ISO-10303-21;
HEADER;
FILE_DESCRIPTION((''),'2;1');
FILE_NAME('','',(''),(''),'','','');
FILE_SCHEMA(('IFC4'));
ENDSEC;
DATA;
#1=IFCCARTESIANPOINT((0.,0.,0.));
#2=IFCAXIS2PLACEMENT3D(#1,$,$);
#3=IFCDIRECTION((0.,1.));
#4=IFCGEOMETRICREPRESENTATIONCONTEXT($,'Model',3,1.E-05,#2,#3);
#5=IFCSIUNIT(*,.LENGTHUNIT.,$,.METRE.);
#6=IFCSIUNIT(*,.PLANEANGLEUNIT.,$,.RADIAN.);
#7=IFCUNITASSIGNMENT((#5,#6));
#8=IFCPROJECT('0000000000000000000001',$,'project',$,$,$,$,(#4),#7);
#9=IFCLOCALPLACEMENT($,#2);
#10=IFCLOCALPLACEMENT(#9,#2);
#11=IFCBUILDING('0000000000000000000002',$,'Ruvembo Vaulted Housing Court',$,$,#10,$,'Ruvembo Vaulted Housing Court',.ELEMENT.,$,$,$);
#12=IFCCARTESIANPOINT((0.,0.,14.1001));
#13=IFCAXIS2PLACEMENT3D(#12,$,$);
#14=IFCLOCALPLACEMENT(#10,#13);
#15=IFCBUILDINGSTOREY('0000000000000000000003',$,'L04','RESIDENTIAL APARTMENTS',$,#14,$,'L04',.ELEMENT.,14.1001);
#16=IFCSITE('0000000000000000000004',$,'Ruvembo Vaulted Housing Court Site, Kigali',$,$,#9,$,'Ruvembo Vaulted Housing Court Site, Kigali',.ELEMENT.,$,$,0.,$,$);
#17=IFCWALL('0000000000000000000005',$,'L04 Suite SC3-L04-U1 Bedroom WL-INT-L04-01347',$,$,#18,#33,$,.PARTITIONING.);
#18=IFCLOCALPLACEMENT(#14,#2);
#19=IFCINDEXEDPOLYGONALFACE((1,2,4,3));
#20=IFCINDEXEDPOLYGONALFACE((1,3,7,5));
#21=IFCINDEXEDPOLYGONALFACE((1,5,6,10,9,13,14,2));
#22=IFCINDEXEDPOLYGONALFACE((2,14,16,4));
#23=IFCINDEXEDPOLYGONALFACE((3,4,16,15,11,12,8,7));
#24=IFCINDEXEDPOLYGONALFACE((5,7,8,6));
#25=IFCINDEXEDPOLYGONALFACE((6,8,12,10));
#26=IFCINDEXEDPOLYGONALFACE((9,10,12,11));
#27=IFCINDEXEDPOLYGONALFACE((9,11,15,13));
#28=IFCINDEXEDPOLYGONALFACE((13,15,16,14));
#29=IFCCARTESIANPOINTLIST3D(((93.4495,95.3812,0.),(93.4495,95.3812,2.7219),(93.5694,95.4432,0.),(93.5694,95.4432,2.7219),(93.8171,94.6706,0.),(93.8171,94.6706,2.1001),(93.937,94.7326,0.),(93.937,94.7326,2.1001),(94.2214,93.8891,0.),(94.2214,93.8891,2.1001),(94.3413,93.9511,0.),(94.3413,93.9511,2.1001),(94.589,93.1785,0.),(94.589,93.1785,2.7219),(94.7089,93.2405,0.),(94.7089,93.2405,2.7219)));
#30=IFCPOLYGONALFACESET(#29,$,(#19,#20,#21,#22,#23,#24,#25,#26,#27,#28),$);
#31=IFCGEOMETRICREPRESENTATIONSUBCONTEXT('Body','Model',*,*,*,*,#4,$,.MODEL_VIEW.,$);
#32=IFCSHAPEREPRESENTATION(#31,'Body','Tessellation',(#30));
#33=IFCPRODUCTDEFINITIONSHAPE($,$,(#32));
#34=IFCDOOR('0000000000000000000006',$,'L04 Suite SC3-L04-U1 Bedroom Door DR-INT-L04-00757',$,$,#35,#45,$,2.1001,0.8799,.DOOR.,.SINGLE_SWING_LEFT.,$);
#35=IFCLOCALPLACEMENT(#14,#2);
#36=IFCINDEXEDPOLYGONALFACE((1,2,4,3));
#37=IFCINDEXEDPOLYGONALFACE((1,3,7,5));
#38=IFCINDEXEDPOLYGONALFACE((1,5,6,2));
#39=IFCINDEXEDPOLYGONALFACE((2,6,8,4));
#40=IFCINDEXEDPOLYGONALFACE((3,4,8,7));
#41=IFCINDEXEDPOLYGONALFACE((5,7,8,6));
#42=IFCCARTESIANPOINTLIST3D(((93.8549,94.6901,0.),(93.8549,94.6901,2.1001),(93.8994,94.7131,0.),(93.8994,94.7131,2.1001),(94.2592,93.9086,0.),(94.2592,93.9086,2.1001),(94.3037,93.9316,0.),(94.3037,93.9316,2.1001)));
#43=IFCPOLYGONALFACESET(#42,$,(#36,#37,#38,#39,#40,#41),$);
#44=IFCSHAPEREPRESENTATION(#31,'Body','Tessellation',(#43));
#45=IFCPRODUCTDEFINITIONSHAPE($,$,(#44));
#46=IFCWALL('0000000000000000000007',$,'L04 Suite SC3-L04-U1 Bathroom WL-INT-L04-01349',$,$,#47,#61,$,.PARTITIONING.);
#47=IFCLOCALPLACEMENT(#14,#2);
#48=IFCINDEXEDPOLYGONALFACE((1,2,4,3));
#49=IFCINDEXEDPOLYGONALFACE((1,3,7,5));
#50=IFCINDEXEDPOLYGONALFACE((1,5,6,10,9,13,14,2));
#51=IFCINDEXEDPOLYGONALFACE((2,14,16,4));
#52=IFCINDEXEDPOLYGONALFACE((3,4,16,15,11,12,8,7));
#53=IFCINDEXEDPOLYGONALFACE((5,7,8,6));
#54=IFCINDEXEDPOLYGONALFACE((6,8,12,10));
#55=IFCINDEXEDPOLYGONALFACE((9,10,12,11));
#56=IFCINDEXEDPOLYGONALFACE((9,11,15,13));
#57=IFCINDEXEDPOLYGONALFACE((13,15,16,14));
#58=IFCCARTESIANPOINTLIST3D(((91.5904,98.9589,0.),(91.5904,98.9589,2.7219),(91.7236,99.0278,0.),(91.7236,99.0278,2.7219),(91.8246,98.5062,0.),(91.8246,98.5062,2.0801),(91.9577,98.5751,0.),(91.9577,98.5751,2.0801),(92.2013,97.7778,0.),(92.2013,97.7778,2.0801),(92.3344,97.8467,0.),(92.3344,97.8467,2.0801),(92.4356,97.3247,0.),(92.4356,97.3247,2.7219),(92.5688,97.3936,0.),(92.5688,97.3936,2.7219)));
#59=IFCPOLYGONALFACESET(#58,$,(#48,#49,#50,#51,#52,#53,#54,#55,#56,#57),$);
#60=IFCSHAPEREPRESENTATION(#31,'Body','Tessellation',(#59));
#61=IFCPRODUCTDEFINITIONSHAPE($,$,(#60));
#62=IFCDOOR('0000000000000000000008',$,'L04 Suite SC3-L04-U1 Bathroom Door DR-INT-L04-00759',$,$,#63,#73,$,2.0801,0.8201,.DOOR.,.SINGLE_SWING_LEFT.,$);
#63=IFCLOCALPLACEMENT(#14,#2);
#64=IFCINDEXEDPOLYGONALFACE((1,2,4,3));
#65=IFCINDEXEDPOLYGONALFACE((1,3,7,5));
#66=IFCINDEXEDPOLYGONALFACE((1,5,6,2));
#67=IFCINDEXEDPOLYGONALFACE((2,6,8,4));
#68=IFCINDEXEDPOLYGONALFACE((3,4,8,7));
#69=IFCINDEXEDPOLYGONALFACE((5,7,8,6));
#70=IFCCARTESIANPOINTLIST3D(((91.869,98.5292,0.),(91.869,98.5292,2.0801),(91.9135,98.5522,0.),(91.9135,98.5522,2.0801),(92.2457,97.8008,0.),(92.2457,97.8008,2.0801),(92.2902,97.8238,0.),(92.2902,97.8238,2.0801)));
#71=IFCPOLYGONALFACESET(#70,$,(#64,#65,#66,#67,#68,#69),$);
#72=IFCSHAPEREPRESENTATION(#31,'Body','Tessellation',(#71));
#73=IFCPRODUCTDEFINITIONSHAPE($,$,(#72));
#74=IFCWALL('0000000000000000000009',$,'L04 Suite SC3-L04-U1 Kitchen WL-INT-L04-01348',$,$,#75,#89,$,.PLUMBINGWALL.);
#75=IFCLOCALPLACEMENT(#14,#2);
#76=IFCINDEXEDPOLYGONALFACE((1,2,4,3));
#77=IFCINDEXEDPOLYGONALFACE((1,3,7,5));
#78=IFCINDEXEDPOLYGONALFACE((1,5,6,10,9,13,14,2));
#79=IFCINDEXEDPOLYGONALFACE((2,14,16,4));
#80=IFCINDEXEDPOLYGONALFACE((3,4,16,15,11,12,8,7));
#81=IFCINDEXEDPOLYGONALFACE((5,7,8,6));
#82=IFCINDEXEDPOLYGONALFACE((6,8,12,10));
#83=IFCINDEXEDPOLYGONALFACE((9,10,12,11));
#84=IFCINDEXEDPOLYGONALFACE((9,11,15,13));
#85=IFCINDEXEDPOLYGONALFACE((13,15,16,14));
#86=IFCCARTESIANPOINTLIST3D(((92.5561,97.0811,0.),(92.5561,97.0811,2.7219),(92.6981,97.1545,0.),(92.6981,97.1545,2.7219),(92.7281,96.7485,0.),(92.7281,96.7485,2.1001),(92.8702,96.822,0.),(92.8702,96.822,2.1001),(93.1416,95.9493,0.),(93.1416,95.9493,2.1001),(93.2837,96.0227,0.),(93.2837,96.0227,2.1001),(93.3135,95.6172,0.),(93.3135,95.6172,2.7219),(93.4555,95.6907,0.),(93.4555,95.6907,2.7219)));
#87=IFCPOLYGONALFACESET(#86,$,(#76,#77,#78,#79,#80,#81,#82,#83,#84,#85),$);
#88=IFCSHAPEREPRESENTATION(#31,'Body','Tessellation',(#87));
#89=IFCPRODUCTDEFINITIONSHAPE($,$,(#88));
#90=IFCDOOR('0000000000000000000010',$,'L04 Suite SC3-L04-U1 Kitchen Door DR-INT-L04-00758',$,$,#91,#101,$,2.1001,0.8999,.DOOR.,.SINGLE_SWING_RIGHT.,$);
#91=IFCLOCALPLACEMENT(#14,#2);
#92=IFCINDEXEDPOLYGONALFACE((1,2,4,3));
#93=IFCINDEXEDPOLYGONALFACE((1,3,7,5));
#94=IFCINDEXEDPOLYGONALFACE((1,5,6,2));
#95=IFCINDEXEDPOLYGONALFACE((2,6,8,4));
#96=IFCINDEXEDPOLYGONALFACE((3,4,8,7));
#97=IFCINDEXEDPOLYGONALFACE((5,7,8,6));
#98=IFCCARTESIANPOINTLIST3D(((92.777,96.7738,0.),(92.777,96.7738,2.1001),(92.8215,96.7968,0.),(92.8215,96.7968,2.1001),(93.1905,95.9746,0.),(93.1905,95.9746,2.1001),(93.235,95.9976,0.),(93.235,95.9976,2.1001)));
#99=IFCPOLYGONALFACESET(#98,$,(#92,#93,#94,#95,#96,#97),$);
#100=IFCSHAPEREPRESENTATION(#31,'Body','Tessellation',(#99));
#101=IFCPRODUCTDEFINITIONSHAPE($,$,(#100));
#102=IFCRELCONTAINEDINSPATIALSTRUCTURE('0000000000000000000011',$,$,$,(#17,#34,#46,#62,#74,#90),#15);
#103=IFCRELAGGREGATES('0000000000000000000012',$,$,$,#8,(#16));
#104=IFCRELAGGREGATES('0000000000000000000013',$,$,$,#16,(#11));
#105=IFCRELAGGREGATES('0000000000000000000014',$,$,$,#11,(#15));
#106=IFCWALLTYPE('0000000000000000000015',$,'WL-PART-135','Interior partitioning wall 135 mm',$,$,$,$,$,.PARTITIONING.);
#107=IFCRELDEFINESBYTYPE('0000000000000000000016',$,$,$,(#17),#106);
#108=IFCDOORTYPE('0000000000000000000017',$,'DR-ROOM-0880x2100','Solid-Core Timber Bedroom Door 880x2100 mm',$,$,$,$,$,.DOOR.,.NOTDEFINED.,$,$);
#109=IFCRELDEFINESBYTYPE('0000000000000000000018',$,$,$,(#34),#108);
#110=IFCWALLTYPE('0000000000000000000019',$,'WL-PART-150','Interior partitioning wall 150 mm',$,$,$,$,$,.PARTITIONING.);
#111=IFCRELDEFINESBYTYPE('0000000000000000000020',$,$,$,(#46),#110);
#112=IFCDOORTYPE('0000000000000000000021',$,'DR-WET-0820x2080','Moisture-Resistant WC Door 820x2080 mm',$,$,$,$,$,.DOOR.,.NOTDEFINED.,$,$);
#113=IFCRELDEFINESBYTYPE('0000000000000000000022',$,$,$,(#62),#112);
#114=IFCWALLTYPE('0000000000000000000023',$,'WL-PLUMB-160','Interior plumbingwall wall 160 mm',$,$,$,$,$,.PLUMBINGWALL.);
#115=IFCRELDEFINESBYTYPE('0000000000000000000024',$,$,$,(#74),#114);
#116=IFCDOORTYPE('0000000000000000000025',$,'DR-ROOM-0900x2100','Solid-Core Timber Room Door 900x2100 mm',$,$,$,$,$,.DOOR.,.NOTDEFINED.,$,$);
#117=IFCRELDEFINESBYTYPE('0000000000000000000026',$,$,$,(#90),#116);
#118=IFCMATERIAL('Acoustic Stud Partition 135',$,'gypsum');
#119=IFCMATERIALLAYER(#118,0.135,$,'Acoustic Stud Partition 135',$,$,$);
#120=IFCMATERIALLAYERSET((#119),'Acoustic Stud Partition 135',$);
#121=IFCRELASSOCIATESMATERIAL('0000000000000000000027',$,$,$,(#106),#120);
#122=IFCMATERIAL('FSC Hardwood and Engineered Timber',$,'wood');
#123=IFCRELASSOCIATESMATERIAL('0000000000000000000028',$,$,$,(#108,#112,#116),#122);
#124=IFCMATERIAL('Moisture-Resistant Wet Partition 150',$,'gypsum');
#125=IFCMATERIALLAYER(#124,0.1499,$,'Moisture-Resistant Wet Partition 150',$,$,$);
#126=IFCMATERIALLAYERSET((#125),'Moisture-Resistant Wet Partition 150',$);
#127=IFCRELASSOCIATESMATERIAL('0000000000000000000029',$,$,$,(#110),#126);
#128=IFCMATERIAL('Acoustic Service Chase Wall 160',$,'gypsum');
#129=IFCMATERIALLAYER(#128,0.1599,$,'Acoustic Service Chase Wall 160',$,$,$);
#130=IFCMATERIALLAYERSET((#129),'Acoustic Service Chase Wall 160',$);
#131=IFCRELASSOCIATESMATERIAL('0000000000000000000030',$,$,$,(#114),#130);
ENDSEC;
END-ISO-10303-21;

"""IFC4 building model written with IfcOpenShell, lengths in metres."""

from ifc_helpers import new_model, si_unit, direction, frame, frame_2d, origin, place, context, subcontext, project, spatial, rectangle, extrude, material, layer, layer_set, type_object, element, fill, save


model = new_model("IFC4")

# Units and contexts
model_context = context("Model", 3, precision=1e-05, world=origin(), true_north=direction((0.0, 1.0)))
body_context = subcontext(model_context, "Body", "Model", "MODEL_VIEW")
ifc_project = project(units=[si_unit("LENGTHUNIT", "METRE"), si_unit("PLANEANGLEUNIT", "RADIAN")], contexts=[model_context])

# Site, building, storey
site_placement = place(None, origin())
site = spatial("IfcSite", under=ifc_project, at=site_placement, Name="Ruvembo Vaulted Housing Court Site, Kigali", LongName="Ruvembo Vaulted Housing Court Site, Kigali", CompositionType="ELEMENT", RefElevation=0.0)
building_placement = place(site_placement, origin())
building = spatial("IfcBuilding", under=site, at=building_placement, Name="Ruvembo Vaulted Housing Court", LongName="Ruvembo Vaulted Housing Court", CompositionType="ELEMENT")
storey_placement = place(building_placement, frame((0.0, 0.0, 14.1001)))
storey = spatial("IfcBuildingStorey", under=building, at=storey_placement, Name="L04", Description="RESIDENTIAL APARTMENTS", LongName="L04", CompositionType="ELEMENT", Elevation=14.1001)

# Shared definitions
ifc_material_1 = material(Name="FSC Hardwood and Engineered Timber", Category="wood")

# Walls, openings, doors
ifc_material_2 = material(Name="Acoustic Stud Partition 135", Category="gypsum")
ifc_layer_1 = layer(ifc_material_2, 0.135, Name="Acoustic Stud Partition 135")
ifc_layer_set_1 = layer_set([ifc_layer_1], Name="Acoustic Stud Partition 135")
wall_type_1 = type_object("IfcWallType", Name="WL-PART-135", Description="Interior partitioning wall 135 mm", PredefinedType="PARTITIONING", material=ifc_layer_set_1)
wall_1_placement = place(storey_placement, frame((94.6489, 93.2095, 0.0), z_axis=(0.0, 0.0, 1.0), x_axis=(-0.459458, 0.8882, 0.0)))
wall_1 = element("IfcWall", 1, at=wall_1_placement, inside=storey, type_object=wall_type_1, Name="L04 Suite SC3-L04-U1 Bedroom WL-INT-L04-01347", PredefinedType="PARTITIONING", context=body_context, shape_type="SweptSolid", body=[
    extrude(rectangle(XDim=2.48, YDim=0.135, at=frame_2d((1.24, 0.0))), origin(), (0.0, 0.0, 1.0), 2.7219),
])
opening_1_placement = place(wall_1_placement, frame((0.8, 0.0, 0.0)))
opening_1 = element("IfcOpeningElement", 2, at=opening_1_placement, cuts=wall_1, PredefinedType="OPENING", context=body_context, shape_type="SweptSolid", body=[
    extrude(rectangle(XDim=0.8799, YDim=2.1001, at=frame_2d((0.4399, 1.05))), frame((0.0, 0.0774, 0.0), z_axis=(0.0, -1.0, 0.0), x_axis=(1.0, 0.0, 0.0)), (0.0, 0.0, 1.0), 0.155),
])
door_type_1 = type_object("IfcDoorType", Name="DR-ROOM-0880x2100", Description="Solid-Core Timber Bedroom Door 880x2100 mm", OperationType="NOTDEFINED", PredefinedType="DOOR", material=ifc_material_1)
door_1_placement = place(opening_1_placement, origin())
door_1 = element("IfcDoor", 3, at=door_1_placement, inside=storey, type_object=door_type_1, Name="L04 Suite SC3-L04-U1 Bedroom Door DR-INT-L04-00757", OperationType="SINGLE_SWING_LEFT", OverallHeight=2.1001, OverallWidth=0.8799, PredefinedType="DOOR", context=body_context, shape_type="SweptSolid", body=[
    extrude(rectangle(XDim=0.8799, YDim=2.1001, at=frame_2d((0.4399, 1.05))), frame((0.0, 0.0249, 0.0), z_axis=(0.0, -1.0, 0.0), x_axis=(1.0, 0.0, 0.0)), (0.0, 0.0, 1.0), 0.05),
])
fill(opening_1, door_1)
ifc_material_3 = material(Name="Moisture-Resistant Wet Partition 150", Category="gypsum")
ifc_layer_2 = layer(ifc_material_3, 0.1499, Name="Moisture-Resistant Wet Partition 150")
ifc_layer_set_2 = layer_set([ifc_layer_2], Name="Moisture-Resistant Wet Partition 150")
wall_type_2 = type_object("IfcWallType", Name="WL-PART-150", Description="Interior partitioning wall 150 mm", PredefinedType="PARTITIONING", material=ifc_layer_set_2)
wall_2_placement = place(storey_placement, frame((92.5022, 97.3591, 0.0), z_axis=(0.0, 0.0, 1.0), x_axis=(-0.45938, 0.88824, 0.0)))
wall_2 = element("IfcWall", 4, at=wall_2_placement, inside=storey, type_object=wall_type_2, Name="L04 Suite SC3-L04-U1 Bathroom WL-INT-L04-01349", PredefinedType="PARTITIONING", context=body_context, shape_type="SweptSolid", body=[
    extrude(rectangle(XDim=1.8398, YDim=0.1499, at=frame_2d((0.9199, 0.0))), origin(), (0.0, 0.0, 1.0), 2.7219),
])
opening_2_placement = place(wall_2_placement, frame((0.51, 0.0, 0.0)))
opening_2 = element("IfcOpeningElement", 5, at=opening_2_placement, cuts=wall_2, PredefinedType="OPENING", context=body_context, shape_type="SweptSolid", body=[
    extrude(rectangle(XDim=0.8201, YDim=2.0801, at=frame_2d((0.4102, 1.04))), frame((0.0, 0.085, 0.0), z_axis=(0.0, -1.0, 0.0), x_axis=(1.0, 0.0, 0.0)), (0.0, 0.0, 1.0), 0.1699),
])
door_type_2 = type_object("IfcDoorType", Name="DR-WET-0820x2080", Description="Moisture-Resistant WC Door 820x2080 mm", OperationType="NOTDEFINED", PredefinedType="DOOR", material=ifc_material_1)
door_2_placement = place(opening_2_placement, origin())
door_2 = element("IfcDoor", 6, at=door_2_placement, inside=storey, type_object=door_type_2, Name="L04 Suite SC3-L04-U1 Bathroom Door DR-INT-L04-00759", OperationType="SINGLE_SWING_LEFT", OverallHeight=2.0801, OverallWidth=0.8201, PredefinedType="DOOR", context=body_context, shape_type="SweptSolid", body=[
    extrude(rectangle(XDim=0.8201, YDim=2.0801, at=frame_2d((0.4102, 1.04))), frame((0.0, 0.0249, 0.0), z_axis=(0.0, -1.0, 0.0), x_axis=(1.0, 0.0, 0.0)), (0.0, 0.0, 1.0), 0.05),
])
fill(opening_2, door_2)
ifc_material_4 = material(Name="Acoustic Service Chase Wall 160", Category="gypsum")
ifc_layer_3 = layer(ifc_material_4, 0.1599, Name="Acoustic Service Chase Wall 160")
ifc_layer_set_3 = layer_set([ifc_layer_3], Name="Acoustic Service Chase Wall 160")
wall_type_3 = type_object("IfcWallType", Name="WL-PLUMB-160", Description="Interior plumbingwall wall 160 mm", PredefinedType="PLUMBINGWALL", material=ifc_layer_set_3)
wall_3_placement = place(storey_placement, frame((93.3845, 95.6538, 0.0), z_axis=(0.0, 0.0, 1.0), x_axis=(-0.459495, 0.88818, 0.0)))
wall_3 = element("IfcWall", 7, at=wall_3_placement, inside=storey, type_object=wall_type_3, Name="L04 Suite SC3-L04-U1 Kitchen WL-INT-L04-01348", PredefinedType="PLUMBINGWALL", context=body_context, shape_type="SweptSolid", body=[
    extrude(rectangle(XDim=1.6482, YDim=0.1599, at=frame_2d((0.8242, 0.0))), origin(), (0.0, 0.0, 1.0), 2.7219),
])
opening_3_placement = place(wall_3_placement, frame((0.374, 0.0, 0.0)))
opening_3 = element("IfcOpeningElement", 8, at=opening_3_placement, cuts=wall_3, PredefinedType="OPENING", context=body_context, shape_type="SweptSolid", body=[
    extrude(rectangle(XDim=0.8999, YDim=2.1001, at=frame_2d((0.45, 1.05))), frame((0.0, 0.0898, 0.0), z_axis=(0.0, -1.0, 0.0), x_axis=(1.0, 0.0, 0.0)), (0.0, 0.0, 1.0), 0.1799),
])
door_type_3 = type_object("IfcDoorType", Name="DR-ROOM-0900x2100", Description="Solid-Core Timber Room Door 900x2100 mm", OperationType="NOTDEFINED", PredefinedType="DOOR", material=ifc_material_1)
door_3_placement = place(opening_3_placement, origin())
door_3 = element("IfcDoor", 9, at=door_3_placement, inside=storey, type_object=door_type_3, Name="L04 Suite SC3-L04-U1 Kitchen Door DR-INT-L04-00758", OperationType="SINGLE_SWING_RIGHT", OverallHeight=2.1001, OverallWidth=0.8999, PredefinedType="DOOR", context=body_context, shape_type="SweptSolid", body=[
    extrude(rectangle(XDim=0.8999, YDim=2.1001, at=frame_2d((0.45, 1.05))), frame((0.0, 0.0249, 0.0), z_axis=(0.0, -1.0, 0.0), x_axis=(1.0, 0.0, 0.0)), (0.0, 0.0, 1.0), 0.05),
])
fill(opening_3, door_3)

save(model, "model.ifc")
